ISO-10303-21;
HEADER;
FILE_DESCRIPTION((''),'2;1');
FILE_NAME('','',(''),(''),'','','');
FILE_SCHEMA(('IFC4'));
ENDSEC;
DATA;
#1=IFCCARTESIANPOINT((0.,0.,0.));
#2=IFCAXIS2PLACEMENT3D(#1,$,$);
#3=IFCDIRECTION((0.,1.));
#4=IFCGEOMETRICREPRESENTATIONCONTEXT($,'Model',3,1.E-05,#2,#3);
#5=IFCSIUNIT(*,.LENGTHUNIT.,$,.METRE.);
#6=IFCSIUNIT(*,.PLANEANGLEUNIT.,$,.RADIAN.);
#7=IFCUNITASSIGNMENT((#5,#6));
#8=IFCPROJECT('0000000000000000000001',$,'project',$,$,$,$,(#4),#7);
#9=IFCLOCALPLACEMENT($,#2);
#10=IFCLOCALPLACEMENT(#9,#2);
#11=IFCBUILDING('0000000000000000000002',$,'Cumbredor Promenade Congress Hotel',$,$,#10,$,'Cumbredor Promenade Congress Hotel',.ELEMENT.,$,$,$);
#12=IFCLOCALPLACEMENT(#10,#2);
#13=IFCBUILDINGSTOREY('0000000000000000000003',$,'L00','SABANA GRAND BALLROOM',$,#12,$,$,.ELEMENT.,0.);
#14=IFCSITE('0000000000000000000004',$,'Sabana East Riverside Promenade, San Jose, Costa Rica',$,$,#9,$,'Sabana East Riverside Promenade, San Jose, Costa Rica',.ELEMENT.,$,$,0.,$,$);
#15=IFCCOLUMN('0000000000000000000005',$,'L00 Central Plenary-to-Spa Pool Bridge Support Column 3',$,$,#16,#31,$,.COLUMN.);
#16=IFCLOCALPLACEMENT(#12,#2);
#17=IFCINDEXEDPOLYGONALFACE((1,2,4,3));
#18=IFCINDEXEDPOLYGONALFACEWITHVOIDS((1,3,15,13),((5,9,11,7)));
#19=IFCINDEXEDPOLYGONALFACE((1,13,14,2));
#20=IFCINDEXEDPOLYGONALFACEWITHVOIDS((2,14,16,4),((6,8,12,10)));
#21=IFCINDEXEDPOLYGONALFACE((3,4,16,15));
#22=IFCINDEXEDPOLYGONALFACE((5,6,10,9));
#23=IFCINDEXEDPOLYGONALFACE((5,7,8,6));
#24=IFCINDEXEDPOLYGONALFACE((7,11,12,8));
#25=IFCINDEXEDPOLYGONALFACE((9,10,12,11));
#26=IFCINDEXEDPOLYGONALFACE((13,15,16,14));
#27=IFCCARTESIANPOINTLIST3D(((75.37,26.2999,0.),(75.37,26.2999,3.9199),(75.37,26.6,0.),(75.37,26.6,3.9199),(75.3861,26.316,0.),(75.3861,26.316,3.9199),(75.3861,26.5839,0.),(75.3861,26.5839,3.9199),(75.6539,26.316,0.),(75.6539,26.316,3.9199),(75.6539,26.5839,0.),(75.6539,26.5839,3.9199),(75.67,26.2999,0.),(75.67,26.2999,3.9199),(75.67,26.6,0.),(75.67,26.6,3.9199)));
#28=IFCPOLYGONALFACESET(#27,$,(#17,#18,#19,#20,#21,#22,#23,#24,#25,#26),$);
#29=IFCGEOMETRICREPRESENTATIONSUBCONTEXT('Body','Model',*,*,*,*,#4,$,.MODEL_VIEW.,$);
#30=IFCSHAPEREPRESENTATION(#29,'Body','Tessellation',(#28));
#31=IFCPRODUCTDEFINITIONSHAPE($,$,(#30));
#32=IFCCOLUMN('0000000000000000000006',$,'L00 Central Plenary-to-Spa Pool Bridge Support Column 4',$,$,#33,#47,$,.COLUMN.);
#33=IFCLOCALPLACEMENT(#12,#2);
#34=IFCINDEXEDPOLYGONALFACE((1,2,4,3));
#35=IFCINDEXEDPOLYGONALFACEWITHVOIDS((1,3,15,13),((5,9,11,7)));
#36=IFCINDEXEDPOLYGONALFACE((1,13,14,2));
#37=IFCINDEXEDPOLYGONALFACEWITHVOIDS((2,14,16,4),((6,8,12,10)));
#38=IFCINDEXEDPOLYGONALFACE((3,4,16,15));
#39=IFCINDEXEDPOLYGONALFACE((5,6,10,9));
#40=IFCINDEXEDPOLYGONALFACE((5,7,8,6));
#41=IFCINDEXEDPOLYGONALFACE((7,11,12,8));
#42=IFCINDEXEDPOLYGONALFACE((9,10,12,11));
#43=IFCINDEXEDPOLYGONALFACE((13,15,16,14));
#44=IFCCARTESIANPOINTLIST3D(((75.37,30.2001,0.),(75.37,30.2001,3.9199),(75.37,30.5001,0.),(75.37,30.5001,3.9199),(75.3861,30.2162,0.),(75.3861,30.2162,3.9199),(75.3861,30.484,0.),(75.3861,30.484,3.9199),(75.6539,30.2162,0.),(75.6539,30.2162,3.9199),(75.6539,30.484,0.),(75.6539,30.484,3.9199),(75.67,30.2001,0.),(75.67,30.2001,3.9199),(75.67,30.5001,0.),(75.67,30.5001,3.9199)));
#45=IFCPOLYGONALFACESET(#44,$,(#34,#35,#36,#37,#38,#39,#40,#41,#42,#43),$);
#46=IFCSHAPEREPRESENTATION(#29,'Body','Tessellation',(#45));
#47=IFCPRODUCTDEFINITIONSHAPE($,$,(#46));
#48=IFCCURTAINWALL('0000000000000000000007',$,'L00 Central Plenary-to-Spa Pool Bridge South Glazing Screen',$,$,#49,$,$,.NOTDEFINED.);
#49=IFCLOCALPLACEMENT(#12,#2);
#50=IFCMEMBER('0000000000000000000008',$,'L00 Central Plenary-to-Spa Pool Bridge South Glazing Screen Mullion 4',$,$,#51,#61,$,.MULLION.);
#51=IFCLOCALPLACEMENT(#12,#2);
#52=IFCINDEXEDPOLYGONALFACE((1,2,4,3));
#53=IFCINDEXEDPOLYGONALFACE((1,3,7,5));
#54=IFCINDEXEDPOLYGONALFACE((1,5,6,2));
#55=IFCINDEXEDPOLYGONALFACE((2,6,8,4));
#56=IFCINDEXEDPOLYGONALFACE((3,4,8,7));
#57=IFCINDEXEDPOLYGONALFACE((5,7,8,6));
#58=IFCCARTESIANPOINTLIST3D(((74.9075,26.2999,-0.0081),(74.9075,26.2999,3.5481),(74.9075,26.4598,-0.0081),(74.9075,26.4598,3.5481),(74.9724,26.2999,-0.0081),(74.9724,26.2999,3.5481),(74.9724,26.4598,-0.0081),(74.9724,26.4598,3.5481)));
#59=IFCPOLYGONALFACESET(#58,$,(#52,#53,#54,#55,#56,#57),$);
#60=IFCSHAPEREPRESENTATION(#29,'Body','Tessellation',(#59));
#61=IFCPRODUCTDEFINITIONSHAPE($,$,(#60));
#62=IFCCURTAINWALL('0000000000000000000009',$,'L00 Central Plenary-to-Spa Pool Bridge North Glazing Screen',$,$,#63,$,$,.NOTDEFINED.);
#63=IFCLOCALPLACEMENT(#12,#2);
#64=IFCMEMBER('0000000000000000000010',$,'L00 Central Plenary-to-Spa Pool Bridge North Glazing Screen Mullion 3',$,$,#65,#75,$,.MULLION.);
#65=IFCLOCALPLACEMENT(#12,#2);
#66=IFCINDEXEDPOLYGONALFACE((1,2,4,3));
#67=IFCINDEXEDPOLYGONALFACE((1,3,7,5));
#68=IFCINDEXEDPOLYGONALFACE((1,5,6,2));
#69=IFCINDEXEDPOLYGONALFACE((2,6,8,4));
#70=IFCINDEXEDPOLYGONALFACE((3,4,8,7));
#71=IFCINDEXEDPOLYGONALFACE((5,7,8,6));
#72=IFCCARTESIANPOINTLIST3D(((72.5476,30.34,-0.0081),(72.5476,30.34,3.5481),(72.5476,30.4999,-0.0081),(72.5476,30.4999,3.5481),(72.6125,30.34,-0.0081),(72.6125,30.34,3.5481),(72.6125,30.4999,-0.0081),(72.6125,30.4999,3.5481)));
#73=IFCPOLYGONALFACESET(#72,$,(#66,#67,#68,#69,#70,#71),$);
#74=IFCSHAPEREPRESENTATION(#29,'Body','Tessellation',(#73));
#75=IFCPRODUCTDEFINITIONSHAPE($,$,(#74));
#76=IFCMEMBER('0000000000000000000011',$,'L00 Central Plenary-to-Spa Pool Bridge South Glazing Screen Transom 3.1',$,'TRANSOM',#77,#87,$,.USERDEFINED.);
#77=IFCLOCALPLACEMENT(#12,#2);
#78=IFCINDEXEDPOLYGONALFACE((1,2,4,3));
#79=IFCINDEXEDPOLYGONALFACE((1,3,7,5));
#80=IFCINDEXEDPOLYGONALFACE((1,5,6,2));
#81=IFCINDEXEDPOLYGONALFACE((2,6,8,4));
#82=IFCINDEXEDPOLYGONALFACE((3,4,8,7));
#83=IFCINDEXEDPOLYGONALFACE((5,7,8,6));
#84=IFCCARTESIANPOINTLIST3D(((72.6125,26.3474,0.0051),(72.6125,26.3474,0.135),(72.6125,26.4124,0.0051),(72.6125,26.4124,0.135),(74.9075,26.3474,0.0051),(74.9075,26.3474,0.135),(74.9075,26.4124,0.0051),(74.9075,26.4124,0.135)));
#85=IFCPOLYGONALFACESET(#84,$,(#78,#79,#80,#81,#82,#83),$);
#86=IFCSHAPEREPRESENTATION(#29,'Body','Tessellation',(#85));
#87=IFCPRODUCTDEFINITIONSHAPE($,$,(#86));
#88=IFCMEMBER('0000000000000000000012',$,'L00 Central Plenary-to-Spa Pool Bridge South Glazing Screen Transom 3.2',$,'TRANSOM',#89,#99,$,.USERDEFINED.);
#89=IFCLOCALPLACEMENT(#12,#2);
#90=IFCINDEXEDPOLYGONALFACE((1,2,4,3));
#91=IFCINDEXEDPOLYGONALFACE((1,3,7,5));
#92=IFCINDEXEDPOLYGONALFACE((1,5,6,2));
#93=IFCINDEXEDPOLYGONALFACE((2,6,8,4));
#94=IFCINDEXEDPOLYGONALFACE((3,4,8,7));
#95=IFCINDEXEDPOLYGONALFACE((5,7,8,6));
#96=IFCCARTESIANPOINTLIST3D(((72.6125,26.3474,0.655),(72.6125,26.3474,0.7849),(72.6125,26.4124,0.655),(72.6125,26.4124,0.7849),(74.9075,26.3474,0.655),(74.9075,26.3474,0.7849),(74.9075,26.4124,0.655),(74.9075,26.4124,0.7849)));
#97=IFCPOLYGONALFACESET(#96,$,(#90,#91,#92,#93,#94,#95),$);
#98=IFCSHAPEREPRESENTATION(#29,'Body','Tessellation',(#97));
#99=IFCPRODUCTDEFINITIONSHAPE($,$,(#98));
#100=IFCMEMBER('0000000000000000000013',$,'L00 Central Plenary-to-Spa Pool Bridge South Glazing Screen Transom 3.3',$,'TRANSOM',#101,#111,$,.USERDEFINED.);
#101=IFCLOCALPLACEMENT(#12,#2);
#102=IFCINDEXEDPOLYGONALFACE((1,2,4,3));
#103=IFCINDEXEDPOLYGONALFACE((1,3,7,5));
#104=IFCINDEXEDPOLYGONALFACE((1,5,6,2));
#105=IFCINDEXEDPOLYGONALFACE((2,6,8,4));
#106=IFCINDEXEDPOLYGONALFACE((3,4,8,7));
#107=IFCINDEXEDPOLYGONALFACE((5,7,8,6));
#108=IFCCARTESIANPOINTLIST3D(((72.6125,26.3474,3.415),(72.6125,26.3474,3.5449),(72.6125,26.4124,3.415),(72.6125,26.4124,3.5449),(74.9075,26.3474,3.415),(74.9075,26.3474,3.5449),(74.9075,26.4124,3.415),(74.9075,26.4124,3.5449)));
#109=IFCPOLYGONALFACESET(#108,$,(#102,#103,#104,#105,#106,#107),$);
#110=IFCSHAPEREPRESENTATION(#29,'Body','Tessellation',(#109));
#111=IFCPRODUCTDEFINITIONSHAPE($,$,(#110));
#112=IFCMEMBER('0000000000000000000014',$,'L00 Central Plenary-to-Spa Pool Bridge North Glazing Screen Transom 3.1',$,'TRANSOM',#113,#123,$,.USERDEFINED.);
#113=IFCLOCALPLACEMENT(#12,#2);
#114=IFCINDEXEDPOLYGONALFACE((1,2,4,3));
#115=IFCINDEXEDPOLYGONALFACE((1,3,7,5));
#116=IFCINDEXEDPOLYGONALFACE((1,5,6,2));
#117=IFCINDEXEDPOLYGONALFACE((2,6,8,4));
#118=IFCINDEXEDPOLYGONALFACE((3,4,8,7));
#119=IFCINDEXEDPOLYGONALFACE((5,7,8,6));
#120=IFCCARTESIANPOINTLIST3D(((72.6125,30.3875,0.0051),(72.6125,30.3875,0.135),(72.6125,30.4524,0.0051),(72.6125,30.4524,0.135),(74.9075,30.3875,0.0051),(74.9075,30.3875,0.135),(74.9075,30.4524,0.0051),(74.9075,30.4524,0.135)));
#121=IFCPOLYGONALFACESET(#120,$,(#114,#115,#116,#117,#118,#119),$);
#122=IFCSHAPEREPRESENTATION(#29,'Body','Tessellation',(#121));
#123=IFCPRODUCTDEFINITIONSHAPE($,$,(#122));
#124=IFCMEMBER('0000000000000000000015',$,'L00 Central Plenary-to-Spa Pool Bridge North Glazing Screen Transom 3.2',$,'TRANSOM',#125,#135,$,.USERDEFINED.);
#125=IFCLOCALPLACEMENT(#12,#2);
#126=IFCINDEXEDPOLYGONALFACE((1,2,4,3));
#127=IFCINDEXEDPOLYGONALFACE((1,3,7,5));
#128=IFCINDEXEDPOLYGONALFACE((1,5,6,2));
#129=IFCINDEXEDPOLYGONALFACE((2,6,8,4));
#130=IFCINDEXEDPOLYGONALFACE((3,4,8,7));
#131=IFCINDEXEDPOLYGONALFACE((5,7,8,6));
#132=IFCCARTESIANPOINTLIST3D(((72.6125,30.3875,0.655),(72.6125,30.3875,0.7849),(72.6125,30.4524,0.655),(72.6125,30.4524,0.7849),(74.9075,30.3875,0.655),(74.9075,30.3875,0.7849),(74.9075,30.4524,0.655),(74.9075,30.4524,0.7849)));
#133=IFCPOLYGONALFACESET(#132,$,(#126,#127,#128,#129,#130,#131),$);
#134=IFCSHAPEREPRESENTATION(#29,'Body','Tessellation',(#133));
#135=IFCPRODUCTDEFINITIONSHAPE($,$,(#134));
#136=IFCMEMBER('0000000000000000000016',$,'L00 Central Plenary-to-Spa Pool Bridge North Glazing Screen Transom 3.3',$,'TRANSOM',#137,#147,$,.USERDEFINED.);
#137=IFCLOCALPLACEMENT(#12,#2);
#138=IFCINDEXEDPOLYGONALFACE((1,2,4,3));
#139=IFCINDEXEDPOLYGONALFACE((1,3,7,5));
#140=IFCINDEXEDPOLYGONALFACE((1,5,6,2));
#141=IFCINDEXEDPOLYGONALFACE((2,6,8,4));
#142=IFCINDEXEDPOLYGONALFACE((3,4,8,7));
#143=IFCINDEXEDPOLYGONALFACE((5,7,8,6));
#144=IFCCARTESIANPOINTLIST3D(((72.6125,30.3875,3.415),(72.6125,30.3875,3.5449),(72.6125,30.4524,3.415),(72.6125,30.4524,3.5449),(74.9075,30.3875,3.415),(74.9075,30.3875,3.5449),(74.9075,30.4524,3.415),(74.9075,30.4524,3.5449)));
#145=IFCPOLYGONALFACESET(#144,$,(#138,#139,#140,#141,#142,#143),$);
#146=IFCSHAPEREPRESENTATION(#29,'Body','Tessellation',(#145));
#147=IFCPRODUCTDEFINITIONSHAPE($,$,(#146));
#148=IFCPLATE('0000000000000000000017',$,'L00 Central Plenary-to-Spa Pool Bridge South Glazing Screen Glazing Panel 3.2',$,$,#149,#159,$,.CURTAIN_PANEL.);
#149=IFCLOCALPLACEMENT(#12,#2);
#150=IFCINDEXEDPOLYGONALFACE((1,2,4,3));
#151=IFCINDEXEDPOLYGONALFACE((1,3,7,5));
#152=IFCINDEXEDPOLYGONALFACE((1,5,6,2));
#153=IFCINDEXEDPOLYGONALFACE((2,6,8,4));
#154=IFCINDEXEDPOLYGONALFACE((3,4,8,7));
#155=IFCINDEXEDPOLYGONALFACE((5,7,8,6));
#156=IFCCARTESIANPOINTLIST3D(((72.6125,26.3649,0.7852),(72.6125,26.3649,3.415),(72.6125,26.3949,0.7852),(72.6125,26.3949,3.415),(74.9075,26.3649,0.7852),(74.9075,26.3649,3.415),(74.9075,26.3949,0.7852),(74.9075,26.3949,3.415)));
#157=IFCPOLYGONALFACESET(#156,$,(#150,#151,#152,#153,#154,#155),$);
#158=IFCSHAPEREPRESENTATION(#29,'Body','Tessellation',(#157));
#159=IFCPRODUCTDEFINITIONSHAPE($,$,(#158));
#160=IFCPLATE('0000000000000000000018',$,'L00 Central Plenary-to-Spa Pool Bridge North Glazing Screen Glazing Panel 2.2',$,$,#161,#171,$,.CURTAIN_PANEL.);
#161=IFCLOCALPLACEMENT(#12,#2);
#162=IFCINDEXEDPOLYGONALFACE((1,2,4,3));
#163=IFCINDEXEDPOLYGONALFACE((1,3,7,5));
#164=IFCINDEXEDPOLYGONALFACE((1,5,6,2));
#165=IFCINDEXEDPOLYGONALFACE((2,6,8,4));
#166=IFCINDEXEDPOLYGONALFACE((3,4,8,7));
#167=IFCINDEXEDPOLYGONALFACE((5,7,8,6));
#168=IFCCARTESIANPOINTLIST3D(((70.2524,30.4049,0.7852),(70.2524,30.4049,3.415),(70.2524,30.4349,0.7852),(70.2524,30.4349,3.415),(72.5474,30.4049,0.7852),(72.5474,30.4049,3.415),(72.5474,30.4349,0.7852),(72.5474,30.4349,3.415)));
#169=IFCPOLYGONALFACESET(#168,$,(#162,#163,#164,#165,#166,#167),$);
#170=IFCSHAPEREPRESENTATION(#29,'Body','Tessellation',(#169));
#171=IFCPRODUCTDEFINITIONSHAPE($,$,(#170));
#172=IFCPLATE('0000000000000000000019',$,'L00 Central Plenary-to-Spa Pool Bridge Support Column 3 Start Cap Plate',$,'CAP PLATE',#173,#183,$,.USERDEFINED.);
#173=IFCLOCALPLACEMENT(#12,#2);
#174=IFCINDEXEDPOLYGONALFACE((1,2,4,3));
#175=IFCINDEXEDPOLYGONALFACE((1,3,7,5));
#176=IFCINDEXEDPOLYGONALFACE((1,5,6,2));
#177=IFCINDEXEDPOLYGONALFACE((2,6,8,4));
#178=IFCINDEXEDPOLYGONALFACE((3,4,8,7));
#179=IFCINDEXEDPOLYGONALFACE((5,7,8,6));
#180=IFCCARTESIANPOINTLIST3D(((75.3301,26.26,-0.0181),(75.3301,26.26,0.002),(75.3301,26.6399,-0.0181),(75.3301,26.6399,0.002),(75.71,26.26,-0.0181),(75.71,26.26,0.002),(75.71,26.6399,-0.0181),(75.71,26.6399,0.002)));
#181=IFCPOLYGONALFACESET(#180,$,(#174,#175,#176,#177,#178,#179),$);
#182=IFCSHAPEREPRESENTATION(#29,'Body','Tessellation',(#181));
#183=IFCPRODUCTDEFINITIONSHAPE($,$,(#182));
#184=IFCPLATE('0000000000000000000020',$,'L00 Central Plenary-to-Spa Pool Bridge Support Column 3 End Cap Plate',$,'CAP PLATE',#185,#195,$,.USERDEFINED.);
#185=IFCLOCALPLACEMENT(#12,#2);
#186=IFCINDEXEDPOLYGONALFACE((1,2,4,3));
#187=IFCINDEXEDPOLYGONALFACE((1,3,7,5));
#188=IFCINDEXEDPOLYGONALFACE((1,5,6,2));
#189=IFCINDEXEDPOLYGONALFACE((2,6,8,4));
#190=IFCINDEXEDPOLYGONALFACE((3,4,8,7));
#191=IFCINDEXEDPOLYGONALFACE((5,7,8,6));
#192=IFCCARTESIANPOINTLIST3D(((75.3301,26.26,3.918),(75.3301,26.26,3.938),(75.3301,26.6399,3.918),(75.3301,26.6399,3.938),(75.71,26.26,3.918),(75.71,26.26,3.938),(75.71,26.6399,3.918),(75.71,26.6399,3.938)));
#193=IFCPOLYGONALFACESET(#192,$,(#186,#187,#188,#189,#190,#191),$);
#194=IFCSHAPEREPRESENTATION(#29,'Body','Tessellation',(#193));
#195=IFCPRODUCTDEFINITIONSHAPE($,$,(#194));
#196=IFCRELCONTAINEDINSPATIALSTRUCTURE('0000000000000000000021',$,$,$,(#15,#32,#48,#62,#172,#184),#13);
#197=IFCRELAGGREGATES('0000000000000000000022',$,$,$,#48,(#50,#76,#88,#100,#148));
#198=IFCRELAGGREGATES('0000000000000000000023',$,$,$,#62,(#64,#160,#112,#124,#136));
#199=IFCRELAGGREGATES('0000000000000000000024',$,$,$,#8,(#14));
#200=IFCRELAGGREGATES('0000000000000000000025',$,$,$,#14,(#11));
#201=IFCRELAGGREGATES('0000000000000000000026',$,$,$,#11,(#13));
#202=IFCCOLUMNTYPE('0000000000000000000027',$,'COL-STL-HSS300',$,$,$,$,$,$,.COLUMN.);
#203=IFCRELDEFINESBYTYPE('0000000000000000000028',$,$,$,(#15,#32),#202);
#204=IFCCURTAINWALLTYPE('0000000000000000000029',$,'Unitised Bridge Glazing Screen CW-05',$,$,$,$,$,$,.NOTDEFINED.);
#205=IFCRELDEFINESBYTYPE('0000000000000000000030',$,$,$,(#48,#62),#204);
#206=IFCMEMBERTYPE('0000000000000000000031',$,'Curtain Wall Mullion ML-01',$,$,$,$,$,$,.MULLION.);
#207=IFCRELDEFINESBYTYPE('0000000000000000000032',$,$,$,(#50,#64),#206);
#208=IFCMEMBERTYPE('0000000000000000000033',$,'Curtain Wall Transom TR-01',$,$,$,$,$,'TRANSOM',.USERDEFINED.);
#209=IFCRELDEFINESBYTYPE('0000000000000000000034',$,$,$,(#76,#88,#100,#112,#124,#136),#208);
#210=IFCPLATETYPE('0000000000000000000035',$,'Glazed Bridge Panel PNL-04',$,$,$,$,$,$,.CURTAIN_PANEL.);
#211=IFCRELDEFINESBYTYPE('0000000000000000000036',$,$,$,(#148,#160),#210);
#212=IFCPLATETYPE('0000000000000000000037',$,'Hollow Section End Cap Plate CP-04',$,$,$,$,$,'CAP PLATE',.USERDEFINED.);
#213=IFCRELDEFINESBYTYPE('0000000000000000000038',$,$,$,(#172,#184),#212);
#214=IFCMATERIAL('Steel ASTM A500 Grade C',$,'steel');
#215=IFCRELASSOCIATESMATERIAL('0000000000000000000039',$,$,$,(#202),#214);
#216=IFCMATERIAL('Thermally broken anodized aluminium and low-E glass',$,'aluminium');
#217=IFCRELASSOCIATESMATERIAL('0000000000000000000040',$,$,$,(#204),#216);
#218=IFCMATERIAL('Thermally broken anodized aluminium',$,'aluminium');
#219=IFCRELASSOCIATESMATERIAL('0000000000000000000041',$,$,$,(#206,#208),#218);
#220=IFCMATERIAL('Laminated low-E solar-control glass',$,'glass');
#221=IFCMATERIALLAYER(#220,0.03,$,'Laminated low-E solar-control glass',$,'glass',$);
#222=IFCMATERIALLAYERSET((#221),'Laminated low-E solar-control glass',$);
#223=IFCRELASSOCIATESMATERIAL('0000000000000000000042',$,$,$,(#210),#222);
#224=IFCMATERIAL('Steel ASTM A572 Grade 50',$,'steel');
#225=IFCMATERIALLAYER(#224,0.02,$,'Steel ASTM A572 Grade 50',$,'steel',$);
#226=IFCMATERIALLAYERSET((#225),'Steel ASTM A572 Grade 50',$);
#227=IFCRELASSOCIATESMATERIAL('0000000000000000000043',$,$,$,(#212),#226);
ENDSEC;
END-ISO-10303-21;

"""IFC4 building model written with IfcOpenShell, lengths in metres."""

from ifc_helpers import new_model, si_unit, direction, frame, origin, origin_2d, place, context, subcontext, project, spatial, rectangle, hollow_rectangle, extrude, material, layer, layer_set, material_profile, profile_set, type_object, element, aggregate, save


model = new_model("IFC4")

# Units and contexts
model_context = context("Model", 3, precision=1e-05, world=origin(), true_north=direction((0.0, 1.0)))
body_context = subcontext(model_context, "Body", "Model", "MODEL_VIEW")
ifc_project = project(units=[si_unit("LENGTHUNIT", "METRE"), si_unit("PLANEANGLEUNIT", "RADIAN")], contexts=[model_context])

# Site, building, storey
site_placement = place(None, origin())
site = spatial("IfcSite", under=ifc_project, at=site_placement, Name="Sabana East Riverside Promenade, San Jose, Costa Rica", LongName="Sabana East Riverside Promenade, San Jose, Costa Rica", CompositionType="ELEMENT", RefElevation=0.0)
building_placement = place(site_placement, origin())
building = spatial("IfcBuilding", under=site, at=building_placement, Name="Cumbredor Promenade Congress Hotel", LongName="Cumbredor Promenade Congress Hotel", CompositionType="ELEMENT")
storey_placement = place(building_placement, origin())
storey = spatial("IfcBuildingStorey", under=building, at=storey_placement, Name="L00", Description="SABANA GRAND BALLROOM", CompositionType="ELEMENT", Elevation=0.0)

# Columns
ifc_material_1 = material(Name="Steel ASTM A500 Grade C", Category="steel")
ifc_material_profile_1 = material_profile(ifc_material_1, hollow_rectangle(XDim=0.3, YDim=0.3, WallThickness=0.0161, at=origin_2d()), Name="HSS 300x300x16")
ifc_profile_set_1 = profile_set([ifc_material_profile_1], Name="Steel ASTM A500 Grade C")
column_type = type_object("IfcColumnType", Name="COL-STL-HSS300", PredefinedType="COLUMN", material=ifc_profile_set_1)
for number, where, z_axis, x_axis, name in (
    (1, (75.52, 26.45, 0.0), (0.0, 0.0, 1.0), (1.0, 0.0, 0.0), "L00 Central Plenary-to-Spa Pool Bridge Support Column 3"),
    (2, (75.52, 30.3501, 0.0), (0.0, 0.0, 1.0), (1.0, 0.0, 0.0), "L00 Central Plenary-to-Spa Pool Bridge Support Column 4"),
):
    element("IfcColumn", number, at=place(storey_placement, frame(where, z_axis=z_axis, x_axis=x_axis)), inside=storey, type_object=column_type, Name=name, PredefinedType="COLUMN", context=body_context, shape_type="SweptSolid", body=[
        extrude(hollow_rectangle(XDim=0.3, YDim=0.3, WallThickness=0.0161, at=origin_2d()), origin(), (0.0, 0.0, 1.0), 3.9199),
    ])

# Curtain walls, members
ifc_material_2 = material(Name="Thermally broken anodized aluminium and low-E glass", Category="aluminium")
curtain_wall_type = type_object("IfcCurtainWallType", Name="Unitised Bridge Glazing Screen CW-05", PredefinedType="NOTDEFINED", material=ifc_material_2)
curtain_wall_1_placement = place(storey_placement, origin())
curtain_wall_1 = element("IfcCurtainWall", 3, at=curtain_wall_1_placement, inside=storey, type_object=curtain_wall_type, Name="L00 Central Plenary-to-Spa Pool Bridge South Glazing Screen", PredefinedType="NOTDEFINED")
ifc_material_3 = material(Name="Thermally broken anodized aluminium", Category="aluminium")
ifc_material_profile_2 = material_profile(ifc_material_3, rectangle(XDim=0.0649, YDim=0.1599, at=origin_2d()), Name="ALU MULLION 65x160")
ifc_profile_set_2 = profile_set([ifc_material_profile_2], Name="Thermally broken anodized aluminium")
member_type_1 = type_object("IfcMemberType", Name="Curtain Wall Mullion ML-01", PredefinedType="MULLION", material=ifc_profile_set_2)
member_1_placement = place(storey_placement, frame((74.9399, 26.3799, -0.0081), z_axis=(0.0, 0.0, 1.0), x_axis=(1.0, 0.0, 0.0)))
member_1 = element("IfcMember", 4, at=member_1_placement, type_object=member_type_1, Name="L00 Central Plenary-to-Spa Pool Bridge South Glazing Screen Mullion 4", PredefinedType="MULLION", context=body_context, shape_type="SweptSolid", body=[
    extrude(rectangle(XDim=0.0649, YDim=0.1599, at=origin_2d()), origin(), (0.0, 0.0, 1.0), 3.5562),
])
curtain_wall_2_placement = place(storey_placement, origin())
curtain_wall_2 = element("IfcCurtainWall", 5, at=curtain_wall_2_placement, inside=storey, type_object=curtain_wall_type, Name="L00 Central Plenary-to-Spa Pool Bridge North Glazing Screen", PredefinedType="NOTDEFINED")
member_2_placement = place(storey_placement, frame((72.5801, 30.4199, -0.0081), z_axis=(0.0, 0.0, 1.0), x_axis=(1.0, 0.0, 0.0)))
member_2 = element("IfcMember", 6, at=member_2_placement, type_object=member_type_1, Name="L00 Central Plenary-to-Spa Pool Bridge North Glazing Screen Mullion 3", PredefinedType="MULLION", context=body_context, shape_type="SweptSolid", body=[
    extrude(rectangle(XDim=0.0649, YDim=0.1599, at=origin_2d()), origin(), (0.0, 0.0, 1.0), 3.5562),
])

# Members
ifc_material_profile_3 = material_profile(ifc_material_3, rectangle(XDim=0.0649, YDim=0.1299, at=origin_2d()), Name="ALU TRANSOM 65x130")
ifc_profile_set_3 = profile_set([ifc_material_profile_3], Name="Thermally broken anodized aluminium")
member_type_2 = type_object("IfcMemberType", Name="Curtain Wall Transom TR-01", ElementType="TRANSOM", PredefinedType="USERDEFINED", material=ifc_profile_set_3)
member_3_placement = place(storey_placement, frame((72.6125, 26.3799, 0.0701), z_axis=(1.0, 0.0, 0.0), x_axis=(0.0, 1.0, 0.0)))
member_3 = element("IfcMember", 7, at=member_3_placement, type_object=member_type_2, Name="L00 Central Plenary-to-Spa Pool Bridge South Glazing Screen Transom 3.1", ObjectType="TRANSOM", PredefinedType="USERDEFINED", context=body_context, shape_type="SweptSolid", body=[
    extrude(rectangle(XDim=0.0649, YDim=0.1299, at=origin_2d()), origin(), (0.0, 0.0, 1.0), 2.2949),
])
member_4_placement = place(storey_placement, frame((72.6125, 26.3799, 0.72), z_axis=(1.0, 0.0, 0.0), x_axis=(0.0, 1.0, 0.0)))
member_4 = element("IfcMember", 8, at=member_4_placement, type_object=member_type_2, Name="L00 Central Plenary-to-Spa Pool Bridge South Glazing Screen Transom 3.2", ObjectType="TRANSOM", PredefinedType="USERDEFINED", context=body_context, shape_type="SweptSolid", body=[
    extrude(rectangle(XDim=0.0649, YDim=0.1299, at=origin_2d()), origin(), (0.0, 0.0, 1.0), 2.2949),
])
member_5_placement = place(storey_placement, frame((72.6125, 26.3799, 3.48), z_axis=(1.0, 0.0, 0.0), x_axis=(0.0, 1.0, 0.0)))
member_5 = element("IfcMember", 9, at=member_5_placement, type_object=member_type_2, Name="L00 Central Plenary-to-Spa Pool Bridge South Glazing Screen Transom 3.3", ObjectType="TRANSOM", PredefinedType="USERDEFINED", context=body_context, shape_type="SweptSolid", body=[
    extrude(rectangle(XDim=0.0649, YDim=0.1299, at=origin_2d()), origin(), (0.0, 0.0, 1.0), 2.2949),
])
member_6_placement = place(storey_placement, frame((72.6125, 30.4199, 0.0701), z_axis=(1.0, 0.0, 0.0), x_axis=(0.0, 1.0, 0.0)))
member_6 = element("IfcMember", 10, at=member_6_placement, type_object=member_type_2, Name="L00 Central Plenary-to-Spa Pool Bridge North Glazing Screen Transom 3.1", ObjectType="TRANSOM", PredefinedType="USERDEFINED", context=body_context, shape_type="SweptSolid", body=[
    extrude(rectangle(XDim=0.0649, YDim=0.1299, at=origin_2d()), origin(), (0.0, 0.0, 1.0), 2.2949),
])
member_7_placement = place(storey_placement, frame((72.6125, 30.4199, 0.72), z_axis=(1.0, 0.0, 0.0), x_axis=(0.0, 1.0, 0.0)))
member_7 = element("IfcMember", 11, at=member_7_placement, type_object=member_type_2, Name="L00 Central Plenary-to-Spa Pool Bridge North Glazing Screen Transom 3.2", ObjectType="TRANSOM", PredefinedType="USERDEFINED", context=body_context, shape_type="SweptSolid", body=[
    extrude(rectangle(XDim=0.0649, YDim=0.1299, at=origin_2d()), origin(), (0.0, 0.0, 1.0), 2.2949),
])
member_8_placement = place(storey_placement, frame((72.6125, 30.4199, 3.48), z_axis=(1.0, 0.0, 0.0), x_axis=(0.0, 1.0, 0.0)))
member_8 = element("IfcMember", 12, at=member_8_placement, type_object=member_type_2, Name="L00 Central Plenary-to-Spa Pool Bridge North Glazing Screen Transom 3.3", ObjectType="TRANSOM", PredefinedType="USERDEFINED", context=body_context, shape_type="SweptSolid", body=[
    extrude(rectangle(XDim=0.0649, YDim=0.1299, at=origin_2d()), origin(), (0.0, 0.0, 1.0), 2.2949),
])

# Plates
ifc_material_4 = material(Name="Laminated low-E solar-control glass", Category="glass")
ifc_layer_1 = layer(ifc_material_4, 0.03, Name="Laminated low-E solar-control glass", Category="glass")
ifc_layer_set_1 = layer_set([ifc_layer_1], Name="Laminated low-E solar-control glass")
plate_type_1 = type_object("IfcPlateType", Name="Glazed Bridge Panel PNL-04", PredefinedType="CURTAIN_PANEL", material=ifc_layer_set_1)
plate_1_placement = place(storey_placement, frame((73.76, 26.3799, 0.7852), z_axis=(0.0, 0.0, 1.0), x_axis=(1.0, 0.0, 0.0)))
plate_1 = element("IfcPlate", 13, at=plate_1_placement, type_object=plate_type_1, Name="L00 Central Plenary-to-Spa Pool Bridge South Glazing Screen Glazing Panel 3.2", PredefinedType="CURTAIN_PANEL", context=body_context, shape_type="SweptSolid", body=[
    extrude(rectangle(XDim=2.2949, YDim=0.03, at=origin_2d()), origin(), (0.0, 0.0, 1.0), 2.6299),
])
plate_2_placement = place(storey_placement, frame((71.3999, 30.4199, 0.7852), z_axis=(0.0, 0.0, 1.0), x_axis=(1.0, 0.0, 0.0)))
plate_2 = element("IfcPlate", 14, at=plate_2_placement, type_object=plate_type_1, Name="L00 Central Plenary-to-Spa Pool Bridge North Glazing Screen Glazing Panel 2.2", PredefinedType="CURTAIN_PANEL", context=body_context, shape_type="SweptSolid", body=[
    extrude(rectangle(XDim=2.2949, YDim=0.03, at=origin_2d()), origin(), (0.0, 0.0, 1.0), 2.6299),
])

# Plates
ifc_material_5 = material(Name="Steel ASTM A572 Grade 50", Category="steel")
ifc_layer_2 = layer(ifc_material_5, 0.02, Name="Steel ASTM A572 Grade 50", Category="steel")
ifc_layer_set_2 = layer_set([ifc_layer_2], Name="Steel ASTM A572 Grade 50")
plate_type_2 = type_object("IfcPlateType", Name="Hollow Section End Cap Plate CP-04", ElementType="CAP PLATE", PredefinedType="USERDEFINED", material=ifc_layer_set_2)
for number, where, z_axis, x_axis, name in (
    (15, (75.52, 26.45, -0.0181), (0.0, 0.0, 1.0), (1.0, 0.0, 0.0), "L00 Central Plenary-to-Spa Pool Bridge Support Column 3 Start Cap Plate"),
    (16, (75.52, 26.45, 3.918), (0.0, 0.0, 1.0), (1.0, 0.0, 0.0), "L00 Central Plenary-to-Spa Pool Bridge Support Column 3 End Cap Plate"),
):
    element("IfcPlate", number, at=place(storey_placement, frame(where, z_axis=z_axis, x_axis=x_axis)), inside=storey, type_object=plate_type_2, Name=name, ObjectType="CAP PLATE", PredefinedType="USERDEFINED", context=body_context, shape_type="SweptSolid", body=[
        extrude(rectangle(XDim=0.3799, YDim=0.3799, at=origin_2d()), origin(), (0.0, 0.0, 1.0), 0.02),
    ])

aggregate(curtain_wall_1, [member_1, member_3, member_4, member_5, plate_1])
aggregate(curtain_wall_2, [member_2, plate_2, member_6, member_7, member_8])

save(model, "model.ifc")
